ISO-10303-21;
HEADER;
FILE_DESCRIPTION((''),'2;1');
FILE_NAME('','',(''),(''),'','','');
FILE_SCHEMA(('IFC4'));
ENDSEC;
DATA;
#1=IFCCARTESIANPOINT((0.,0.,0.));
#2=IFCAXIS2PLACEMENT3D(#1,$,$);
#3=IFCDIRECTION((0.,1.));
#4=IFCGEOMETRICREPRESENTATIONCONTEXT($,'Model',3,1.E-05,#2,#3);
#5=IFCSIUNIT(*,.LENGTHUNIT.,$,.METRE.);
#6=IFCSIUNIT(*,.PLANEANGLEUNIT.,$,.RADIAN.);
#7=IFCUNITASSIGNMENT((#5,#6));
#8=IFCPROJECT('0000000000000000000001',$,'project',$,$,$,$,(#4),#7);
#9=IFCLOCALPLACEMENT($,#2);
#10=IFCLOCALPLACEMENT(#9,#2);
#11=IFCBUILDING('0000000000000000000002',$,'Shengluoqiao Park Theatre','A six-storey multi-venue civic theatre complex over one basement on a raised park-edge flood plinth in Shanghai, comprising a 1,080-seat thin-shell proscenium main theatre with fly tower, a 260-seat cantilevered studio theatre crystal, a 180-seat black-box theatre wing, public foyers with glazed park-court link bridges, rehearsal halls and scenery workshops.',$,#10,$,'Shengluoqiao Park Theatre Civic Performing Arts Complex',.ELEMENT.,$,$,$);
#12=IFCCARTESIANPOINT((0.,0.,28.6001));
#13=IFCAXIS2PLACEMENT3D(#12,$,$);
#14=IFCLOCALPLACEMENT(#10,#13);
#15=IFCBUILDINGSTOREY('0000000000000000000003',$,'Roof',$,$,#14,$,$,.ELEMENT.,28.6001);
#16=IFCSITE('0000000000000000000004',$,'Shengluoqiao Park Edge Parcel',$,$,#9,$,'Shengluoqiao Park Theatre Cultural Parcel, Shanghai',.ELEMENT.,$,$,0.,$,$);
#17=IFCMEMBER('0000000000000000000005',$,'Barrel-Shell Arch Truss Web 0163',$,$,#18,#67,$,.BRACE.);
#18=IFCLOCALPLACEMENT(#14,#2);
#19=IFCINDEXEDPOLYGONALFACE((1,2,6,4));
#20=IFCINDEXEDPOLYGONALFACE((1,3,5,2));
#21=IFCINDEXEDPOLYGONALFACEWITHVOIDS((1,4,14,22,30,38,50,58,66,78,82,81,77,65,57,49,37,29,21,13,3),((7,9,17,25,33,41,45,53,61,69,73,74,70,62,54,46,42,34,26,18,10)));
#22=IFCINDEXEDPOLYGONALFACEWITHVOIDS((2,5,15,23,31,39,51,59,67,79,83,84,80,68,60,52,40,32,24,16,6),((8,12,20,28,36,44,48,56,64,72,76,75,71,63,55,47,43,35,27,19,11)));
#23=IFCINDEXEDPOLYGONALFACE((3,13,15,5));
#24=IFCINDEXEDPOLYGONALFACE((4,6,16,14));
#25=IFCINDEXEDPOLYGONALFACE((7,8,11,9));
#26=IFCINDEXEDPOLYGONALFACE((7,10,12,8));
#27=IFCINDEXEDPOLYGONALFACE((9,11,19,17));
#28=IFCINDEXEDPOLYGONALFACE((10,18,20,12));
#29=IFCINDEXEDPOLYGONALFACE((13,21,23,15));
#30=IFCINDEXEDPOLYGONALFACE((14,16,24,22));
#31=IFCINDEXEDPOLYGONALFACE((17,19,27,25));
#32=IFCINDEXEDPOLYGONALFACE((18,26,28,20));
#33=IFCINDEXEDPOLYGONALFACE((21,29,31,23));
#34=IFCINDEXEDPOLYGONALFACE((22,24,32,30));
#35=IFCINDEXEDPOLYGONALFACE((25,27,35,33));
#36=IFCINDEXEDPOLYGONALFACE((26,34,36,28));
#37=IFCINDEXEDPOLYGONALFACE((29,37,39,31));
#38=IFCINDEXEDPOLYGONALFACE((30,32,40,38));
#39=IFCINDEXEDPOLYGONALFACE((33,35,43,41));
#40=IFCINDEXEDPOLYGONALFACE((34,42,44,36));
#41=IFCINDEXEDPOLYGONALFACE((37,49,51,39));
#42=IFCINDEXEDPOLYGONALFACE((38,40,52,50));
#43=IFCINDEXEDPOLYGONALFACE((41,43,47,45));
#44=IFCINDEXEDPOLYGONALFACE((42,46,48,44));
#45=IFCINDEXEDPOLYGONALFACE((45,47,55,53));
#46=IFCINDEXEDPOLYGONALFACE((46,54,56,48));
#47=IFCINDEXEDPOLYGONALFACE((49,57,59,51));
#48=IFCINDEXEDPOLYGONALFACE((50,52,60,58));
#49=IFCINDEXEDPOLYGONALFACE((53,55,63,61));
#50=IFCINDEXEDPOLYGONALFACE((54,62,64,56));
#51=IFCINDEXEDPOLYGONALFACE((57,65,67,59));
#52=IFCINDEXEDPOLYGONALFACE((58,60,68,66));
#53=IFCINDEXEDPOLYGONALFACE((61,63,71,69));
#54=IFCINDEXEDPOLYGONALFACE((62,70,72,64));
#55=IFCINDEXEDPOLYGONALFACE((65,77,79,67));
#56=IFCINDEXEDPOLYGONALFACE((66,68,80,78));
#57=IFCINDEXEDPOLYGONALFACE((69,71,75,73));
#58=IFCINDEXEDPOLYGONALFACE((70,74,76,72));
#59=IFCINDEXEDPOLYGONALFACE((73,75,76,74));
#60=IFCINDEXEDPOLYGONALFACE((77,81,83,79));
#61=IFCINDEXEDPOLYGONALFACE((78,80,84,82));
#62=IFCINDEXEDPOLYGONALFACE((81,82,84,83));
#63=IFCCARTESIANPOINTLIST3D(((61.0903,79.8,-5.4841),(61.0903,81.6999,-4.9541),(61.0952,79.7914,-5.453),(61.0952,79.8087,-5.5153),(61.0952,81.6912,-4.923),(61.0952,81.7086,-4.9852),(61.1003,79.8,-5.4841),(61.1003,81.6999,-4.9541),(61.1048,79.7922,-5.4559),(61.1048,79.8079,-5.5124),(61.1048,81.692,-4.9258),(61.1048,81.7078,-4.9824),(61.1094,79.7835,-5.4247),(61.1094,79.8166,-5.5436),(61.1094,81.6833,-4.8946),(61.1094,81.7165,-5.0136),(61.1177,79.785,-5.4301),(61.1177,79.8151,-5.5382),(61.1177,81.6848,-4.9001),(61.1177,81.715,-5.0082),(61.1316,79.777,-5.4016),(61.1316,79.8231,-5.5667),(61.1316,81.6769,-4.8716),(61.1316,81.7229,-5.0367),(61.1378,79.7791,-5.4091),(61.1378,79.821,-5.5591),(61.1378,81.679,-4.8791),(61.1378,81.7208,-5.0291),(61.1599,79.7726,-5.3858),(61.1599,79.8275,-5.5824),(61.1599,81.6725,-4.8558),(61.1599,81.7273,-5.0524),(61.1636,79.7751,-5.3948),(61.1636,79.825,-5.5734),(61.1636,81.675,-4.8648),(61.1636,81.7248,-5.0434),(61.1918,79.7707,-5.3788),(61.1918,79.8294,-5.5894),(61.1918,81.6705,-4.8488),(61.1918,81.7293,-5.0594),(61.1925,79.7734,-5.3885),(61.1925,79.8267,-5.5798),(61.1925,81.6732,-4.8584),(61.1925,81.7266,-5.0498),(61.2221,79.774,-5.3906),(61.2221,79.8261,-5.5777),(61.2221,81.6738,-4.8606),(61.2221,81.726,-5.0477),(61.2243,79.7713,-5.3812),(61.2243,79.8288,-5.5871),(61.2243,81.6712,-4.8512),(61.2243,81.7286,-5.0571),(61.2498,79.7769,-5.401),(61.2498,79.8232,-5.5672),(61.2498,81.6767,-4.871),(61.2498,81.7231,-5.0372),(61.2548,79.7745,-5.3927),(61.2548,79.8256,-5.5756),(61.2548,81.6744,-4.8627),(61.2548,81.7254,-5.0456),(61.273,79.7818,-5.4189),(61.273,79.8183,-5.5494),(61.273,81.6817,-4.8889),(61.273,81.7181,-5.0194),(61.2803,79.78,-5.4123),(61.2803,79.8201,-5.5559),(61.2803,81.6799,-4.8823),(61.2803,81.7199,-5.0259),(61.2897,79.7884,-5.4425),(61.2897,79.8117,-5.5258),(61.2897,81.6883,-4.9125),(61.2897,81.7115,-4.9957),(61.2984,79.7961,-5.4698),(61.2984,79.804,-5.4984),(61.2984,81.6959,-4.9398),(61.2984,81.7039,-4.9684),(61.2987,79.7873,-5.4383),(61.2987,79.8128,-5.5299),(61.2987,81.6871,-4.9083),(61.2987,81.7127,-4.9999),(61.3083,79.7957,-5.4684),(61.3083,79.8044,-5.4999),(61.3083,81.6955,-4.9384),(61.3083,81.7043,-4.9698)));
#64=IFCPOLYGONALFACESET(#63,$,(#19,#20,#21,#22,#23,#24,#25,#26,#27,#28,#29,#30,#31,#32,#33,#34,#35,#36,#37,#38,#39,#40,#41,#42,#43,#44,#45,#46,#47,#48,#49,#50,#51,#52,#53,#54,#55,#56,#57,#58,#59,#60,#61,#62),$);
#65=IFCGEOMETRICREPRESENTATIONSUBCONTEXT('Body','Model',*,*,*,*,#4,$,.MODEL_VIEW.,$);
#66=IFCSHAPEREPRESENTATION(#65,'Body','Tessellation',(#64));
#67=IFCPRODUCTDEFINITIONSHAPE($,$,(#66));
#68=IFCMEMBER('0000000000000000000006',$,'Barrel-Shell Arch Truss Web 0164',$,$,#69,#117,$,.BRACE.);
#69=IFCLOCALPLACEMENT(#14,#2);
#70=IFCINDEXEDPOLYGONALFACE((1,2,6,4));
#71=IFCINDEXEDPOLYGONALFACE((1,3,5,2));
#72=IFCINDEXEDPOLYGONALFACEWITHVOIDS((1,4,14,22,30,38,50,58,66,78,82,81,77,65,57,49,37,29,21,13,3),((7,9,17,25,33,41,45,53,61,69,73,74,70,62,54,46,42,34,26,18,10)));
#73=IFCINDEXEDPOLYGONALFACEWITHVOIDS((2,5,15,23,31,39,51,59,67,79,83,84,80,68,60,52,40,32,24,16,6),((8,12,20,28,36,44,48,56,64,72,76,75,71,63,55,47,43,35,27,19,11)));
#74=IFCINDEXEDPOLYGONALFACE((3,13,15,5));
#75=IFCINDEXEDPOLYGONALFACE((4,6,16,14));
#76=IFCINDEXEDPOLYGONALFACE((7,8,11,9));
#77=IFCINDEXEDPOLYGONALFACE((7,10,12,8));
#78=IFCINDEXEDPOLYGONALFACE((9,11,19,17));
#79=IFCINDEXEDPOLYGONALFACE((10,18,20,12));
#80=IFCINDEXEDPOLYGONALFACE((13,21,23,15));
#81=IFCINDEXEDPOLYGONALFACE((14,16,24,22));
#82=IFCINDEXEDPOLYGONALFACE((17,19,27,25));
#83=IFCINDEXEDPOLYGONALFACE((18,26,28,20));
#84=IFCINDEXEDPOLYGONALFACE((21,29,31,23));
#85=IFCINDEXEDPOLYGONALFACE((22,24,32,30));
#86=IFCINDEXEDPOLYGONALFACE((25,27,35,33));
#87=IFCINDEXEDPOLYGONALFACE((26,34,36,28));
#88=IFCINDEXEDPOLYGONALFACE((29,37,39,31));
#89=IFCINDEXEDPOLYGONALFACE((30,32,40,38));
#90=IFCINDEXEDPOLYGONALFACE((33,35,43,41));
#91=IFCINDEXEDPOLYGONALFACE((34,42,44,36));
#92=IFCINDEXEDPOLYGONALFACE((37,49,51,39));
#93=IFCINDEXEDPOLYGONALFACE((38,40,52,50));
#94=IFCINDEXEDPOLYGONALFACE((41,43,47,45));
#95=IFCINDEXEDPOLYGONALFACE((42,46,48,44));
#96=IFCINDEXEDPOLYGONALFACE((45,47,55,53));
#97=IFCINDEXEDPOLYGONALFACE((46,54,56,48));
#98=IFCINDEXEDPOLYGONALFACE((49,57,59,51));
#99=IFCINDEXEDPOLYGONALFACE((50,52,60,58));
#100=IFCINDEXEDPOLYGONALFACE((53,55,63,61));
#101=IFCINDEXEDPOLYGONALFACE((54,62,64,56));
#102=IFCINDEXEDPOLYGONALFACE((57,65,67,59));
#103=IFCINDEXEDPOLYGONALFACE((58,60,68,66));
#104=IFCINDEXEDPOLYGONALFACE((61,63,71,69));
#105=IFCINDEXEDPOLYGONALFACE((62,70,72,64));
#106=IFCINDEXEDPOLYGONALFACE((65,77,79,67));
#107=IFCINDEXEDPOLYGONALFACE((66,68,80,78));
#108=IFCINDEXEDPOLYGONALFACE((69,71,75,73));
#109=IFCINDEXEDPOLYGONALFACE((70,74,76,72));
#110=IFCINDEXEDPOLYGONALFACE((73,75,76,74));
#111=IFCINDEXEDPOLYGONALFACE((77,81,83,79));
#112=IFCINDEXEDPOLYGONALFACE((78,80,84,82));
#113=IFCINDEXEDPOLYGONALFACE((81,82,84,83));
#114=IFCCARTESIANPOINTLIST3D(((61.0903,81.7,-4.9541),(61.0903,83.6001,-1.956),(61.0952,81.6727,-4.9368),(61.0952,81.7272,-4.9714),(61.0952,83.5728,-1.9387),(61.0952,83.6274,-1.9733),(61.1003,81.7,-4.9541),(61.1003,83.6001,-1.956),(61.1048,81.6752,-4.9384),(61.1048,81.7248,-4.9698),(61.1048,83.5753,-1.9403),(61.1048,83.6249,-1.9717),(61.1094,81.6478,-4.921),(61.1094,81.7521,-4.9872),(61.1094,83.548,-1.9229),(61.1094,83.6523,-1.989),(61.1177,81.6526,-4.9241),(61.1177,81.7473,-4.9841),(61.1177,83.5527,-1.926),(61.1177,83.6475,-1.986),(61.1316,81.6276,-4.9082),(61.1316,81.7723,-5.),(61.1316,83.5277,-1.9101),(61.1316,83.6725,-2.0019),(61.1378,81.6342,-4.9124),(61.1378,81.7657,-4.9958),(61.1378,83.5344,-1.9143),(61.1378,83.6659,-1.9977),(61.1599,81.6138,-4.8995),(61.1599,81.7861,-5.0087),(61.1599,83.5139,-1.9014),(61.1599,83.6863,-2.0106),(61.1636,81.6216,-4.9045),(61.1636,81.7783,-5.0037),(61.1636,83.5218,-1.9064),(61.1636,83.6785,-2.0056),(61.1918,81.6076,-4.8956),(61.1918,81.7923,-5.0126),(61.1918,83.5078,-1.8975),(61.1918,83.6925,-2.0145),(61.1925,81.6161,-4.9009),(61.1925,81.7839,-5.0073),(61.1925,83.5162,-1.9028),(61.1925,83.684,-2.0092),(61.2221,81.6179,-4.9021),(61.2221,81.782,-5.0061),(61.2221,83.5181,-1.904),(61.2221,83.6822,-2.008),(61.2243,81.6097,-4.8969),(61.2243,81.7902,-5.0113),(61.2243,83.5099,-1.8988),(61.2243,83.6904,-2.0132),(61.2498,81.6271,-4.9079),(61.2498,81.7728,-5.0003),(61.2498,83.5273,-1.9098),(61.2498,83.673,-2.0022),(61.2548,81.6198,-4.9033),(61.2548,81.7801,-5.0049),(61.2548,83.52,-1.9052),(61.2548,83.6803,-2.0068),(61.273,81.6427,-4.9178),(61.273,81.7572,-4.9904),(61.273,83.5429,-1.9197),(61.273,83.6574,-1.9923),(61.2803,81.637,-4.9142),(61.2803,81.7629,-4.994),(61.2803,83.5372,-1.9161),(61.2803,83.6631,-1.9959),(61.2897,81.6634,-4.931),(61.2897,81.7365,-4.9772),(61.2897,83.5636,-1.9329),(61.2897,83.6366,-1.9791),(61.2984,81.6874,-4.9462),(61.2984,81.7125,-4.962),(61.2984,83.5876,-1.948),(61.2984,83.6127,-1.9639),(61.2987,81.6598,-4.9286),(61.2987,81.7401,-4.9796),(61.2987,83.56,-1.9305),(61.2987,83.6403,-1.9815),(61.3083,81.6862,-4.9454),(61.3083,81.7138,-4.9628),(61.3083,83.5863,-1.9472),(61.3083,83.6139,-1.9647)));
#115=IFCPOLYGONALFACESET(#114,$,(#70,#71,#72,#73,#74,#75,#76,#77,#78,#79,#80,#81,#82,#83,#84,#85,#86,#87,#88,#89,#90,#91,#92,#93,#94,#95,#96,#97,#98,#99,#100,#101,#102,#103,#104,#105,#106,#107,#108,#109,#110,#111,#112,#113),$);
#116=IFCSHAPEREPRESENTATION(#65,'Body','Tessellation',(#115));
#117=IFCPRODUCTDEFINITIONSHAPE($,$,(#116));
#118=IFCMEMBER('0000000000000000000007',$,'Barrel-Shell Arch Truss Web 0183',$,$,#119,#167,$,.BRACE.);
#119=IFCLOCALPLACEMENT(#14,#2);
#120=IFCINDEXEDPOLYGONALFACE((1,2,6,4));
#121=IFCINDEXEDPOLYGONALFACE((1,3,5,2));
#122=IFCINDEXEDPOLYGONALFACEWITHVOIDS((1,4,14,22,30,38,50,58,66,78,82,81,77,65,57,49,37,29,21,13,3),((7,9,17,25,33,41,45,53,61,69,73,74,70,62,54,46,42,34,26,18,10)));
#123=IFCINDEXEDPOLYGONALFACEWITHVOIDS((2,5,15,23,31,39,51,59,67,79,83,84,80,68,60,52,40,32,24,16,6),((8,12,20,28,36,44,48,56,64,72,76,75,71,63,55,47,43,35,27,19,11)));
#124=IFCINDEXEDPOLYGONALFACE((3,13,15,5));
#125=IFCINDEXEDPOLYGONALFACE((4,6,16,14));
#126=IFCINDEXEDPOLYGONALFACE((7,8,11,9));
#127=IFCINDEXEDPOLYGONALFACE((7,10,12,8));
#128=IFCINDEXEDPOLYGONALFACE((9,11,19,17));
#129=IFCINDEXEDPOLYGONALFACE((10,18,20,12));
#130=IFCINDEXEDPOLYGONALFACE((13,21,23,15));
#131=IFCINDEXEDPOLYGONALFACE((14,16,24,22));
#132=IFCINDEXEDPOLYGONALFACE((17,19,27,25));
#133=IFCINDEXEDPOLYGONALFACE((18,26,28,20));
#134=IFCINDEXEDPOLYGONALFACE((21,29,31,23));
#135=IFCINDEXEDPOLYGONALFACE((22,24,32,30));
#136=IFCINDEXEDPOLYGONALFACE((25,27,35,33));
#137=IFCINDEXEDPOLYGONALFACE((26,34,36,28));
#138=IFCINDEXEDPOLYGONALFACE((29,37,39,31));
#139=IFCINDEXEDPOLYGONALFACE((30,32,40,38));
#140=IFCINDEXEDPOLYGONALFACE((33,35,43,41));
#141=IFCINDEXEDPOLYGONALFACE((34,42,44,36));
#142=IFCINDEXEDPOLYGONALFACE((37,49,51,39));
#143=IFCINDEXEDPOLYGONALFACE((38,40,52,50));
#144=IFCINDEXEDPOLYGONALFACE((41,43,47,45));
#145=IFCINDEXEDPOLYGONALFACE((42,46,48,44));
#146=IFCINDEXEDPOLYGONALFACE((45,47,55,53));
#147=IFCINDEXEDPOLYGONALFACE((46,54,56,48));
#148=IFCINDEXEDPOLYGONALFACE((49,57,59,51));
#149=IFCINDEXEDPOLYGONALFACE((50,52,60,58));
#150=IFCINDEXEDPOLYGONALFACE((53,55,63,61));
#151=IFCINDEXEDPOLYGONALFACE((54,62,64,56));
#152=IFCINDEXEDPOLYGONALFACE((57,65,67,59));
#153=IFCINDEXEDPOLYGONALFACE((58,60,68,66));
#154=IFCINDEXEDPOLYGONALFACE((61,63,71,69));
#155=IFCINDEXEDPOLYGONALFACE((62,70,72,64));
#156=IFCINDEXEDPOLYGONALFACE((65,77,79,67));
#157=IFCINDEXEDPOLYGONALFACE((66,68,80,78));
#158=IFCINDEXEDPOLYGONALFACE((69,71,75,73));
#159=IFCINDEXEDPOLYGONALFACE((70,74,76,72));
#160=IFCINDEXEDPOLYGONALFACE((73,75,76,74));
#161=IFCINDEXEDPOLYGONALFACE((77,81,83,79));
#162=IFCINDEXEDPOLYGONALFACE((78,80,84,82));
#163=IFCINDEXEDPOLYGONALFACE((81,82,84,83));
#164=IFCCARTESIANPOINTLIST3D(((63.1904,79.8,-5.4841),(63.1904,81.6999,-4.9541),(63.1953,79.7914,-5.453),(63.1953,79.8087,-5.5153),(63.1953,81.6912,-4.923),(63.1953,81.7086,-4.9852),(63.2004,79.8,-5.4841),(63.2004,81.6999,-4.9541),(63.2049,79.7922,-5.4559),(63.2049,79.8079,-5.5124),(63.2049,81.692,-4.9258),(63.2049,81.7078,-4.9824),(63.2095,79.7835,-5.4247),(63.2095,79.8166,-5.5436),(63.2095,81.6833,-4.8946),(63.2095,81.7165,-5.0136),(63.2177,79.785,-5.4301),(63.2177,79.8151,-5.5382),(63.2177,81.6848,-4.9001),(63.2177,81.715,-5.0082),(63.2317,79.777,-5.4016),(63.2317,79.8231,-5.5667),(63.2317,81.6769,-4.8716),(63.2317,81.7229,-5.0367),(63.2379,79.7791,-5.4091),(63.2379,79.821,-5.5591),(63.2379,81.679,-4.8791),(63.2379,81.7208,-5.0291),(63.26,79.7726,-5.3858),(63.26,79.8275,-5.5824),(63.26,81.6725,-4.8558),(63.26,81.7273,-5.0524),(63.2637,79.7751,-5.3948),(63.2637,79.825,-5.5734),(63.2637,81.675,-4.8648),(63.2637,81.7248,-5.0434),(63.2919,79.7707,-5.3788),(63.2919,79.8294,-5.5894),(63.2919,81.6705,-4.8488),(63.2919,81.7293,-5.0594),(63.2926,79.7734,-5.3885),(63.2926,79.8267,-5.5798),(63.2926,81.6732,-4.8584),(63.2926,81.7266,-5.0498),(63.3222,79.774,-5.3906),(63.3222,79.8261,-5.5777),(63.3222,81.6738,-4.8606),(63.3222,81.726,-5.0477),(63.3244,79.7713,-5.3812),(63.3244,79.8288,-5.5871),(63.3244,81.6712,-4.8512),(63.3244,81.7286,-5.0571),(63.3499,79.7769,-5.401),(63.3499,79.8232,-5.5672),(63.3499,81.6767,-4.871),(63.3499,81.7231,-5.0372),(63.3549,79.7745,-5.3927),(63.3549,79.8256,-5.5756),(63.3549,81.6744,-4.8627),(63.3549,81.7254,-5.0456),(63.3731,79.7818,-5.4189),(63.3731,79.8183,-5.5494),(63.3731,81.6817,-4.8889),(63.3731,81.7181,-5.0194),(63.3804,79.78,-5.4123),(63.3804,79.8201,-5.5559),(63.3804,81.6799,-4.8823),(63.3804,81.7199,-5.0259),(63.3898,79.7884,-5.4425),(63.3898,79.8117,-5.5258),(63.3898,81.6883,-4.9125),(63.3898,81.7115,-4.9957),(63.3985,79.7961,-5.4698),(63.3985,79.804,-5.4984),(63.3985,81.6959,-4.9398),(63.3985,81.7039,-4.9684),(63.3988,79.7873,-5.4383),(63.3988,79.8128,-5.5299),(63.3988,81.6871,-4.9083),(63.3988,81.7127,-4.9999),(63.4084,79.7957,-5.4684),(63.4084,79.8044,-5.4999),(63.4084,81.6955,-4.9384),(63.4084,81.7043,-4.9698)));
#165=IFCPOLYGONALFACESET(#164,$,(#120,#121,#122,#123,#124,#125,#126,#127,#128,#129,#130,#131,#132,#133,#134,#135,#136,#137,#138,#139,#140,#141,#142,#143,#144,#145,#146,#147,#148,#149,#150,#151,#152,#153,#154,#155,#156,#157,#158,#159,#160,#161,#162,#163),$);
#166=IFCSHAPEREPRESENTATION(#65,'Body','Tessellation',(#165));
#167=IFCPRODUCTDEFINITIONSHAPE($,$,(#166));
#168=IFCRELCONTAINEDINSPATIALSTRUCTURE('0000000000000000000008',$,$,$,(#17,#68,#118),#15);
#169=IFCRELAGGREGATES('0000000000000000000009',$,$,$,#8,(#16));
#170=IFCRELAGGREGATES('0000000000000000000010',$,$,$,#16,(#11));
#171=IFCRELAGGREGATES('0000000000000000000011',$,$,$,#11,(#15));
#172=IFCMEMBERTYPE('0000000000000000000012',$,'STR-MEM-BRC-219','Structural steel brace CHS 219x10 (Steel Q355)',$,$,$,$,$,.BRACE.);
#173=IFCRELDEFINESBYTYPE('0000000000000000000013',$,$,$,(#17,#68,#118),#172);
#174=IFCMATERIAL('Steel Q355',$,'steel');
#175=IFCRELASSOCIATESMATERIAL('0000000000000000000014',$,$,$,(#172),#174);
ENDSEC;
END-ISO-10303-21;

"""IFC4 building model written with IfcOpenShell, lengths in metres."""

from ifc_helpers import new_model, si_unit, direction, frame, origin, origin_2d, place, context, subcontext, project, spatial, hollow_circle, extrude, material, material_profile, profile_set, type_object, element, save


model = new_model("IFC4")

# Units and contexts
model_context = context("Model", 3, precision=1e-05, world=origin(), true_north=direction((0.0, 1.0)))
body_context = subcontext(model_context, "Body", "Model", "MODEL_VIEW")
ifc_project = project(units=[si_unit("LENGTHUNIT", "METRE"), si_unit("PLANEANGLEUNIT", "RADIAN")], contexts=[model_context])

# Site, building, storey
site_placement = place(None, origin())
site = spatial("IfcSite", under=ifc_project, at=site_placement, Name="Shengluoqiao Park Edge Parcel", LongName="Shengluoqiao Park Theatre Cultural Parcel, Shanghai", CompositionType="ELEMENT", RefElevation=0.0)
building_placement = place(site_placement, origin())
building = spatial("IfcBuilding", under=site, at=building_placement, Name="Shengluoqiao Park Theatre", Description="A six-storey multi-venue civic theatre complex over one basement on a raised park-edge flood plinth in Shanghai, comprising a 1,080-seat thin-shell proscenium main theatre with fly tower, a 260-seat cantilevered studio theatre crystal, a 180-seat black-box theatre wing, public foyers with glazed park-court link bridges, rehearsal halls and scenery workshops.", LongName="Shengluoqiao Park Theatre Civic Performing Arts Complex", CompositionType="ELEMENT")
storey_placement = place(building_placement, frame((0.0, 0.0, 28.6001)))
storey = spatial("IfcBuildingStorey", under=building, at=storey_placement, Name="Roof", CompositionType="ELEMENT", Elevation=28.6001)

# Shared definitions
ifc_material_1 = material(Name="Steel Q355", Category="steel")

# Members
ifc_material_profile_1 = material_profile(ifc_material_1, hollow_circle(Radius=0.1096, WallThickness=0.01, at=origin_2d()), Name="CHS 219x10")
ifc_profile_set_1 = profile_set([ifc_material_profile_1], Name="Steel Q355")
member_type_1 = type_object("IfcMemberType", Name="STR-MEM-BRC-219", Description="Structural steel brace CHS 219x10 (Steel Q355)", PredefinedType="BRACE", material=ifc_profile_set_1)
member_1_placement = place(storey_placement, frame((61.2, 79.8, -5.4841), z_axis=(0.0, 0.963219, 0.268716), x_axis=(-1.0, 0.0, 0.0)))
element("IfcMember", 1, at=member_1_placement, inside=storey, type_object=member_type_1, Name="Barrel-Shell Arch Truss Web 0163", PredefinedType="BRACE", context=body_context, shape_type="SweptSolid", body=[
    extrude(hollow_circle(Radius=0.1096, WallThickness=0.01, at=origin_2d()), origin(), (0.0, 0.0, 1.0), 1.9724),
])
member_2_placement = place(storey_placement, frame((61.2, 81.7, -4.9541), z_axis=(0.0, 0.53533, 0.844643), x_axis=(-1.0, 0.0, 0.0)))
element("IfcMember", 2, at=member_2_placement, inside=storey, type_object=member_type_1, Name="Barrel-Shell Arch Truss Web 0164", PredefinedType="BRACE", context=body_context, shape_type="SweptSolid", body=[
    extrude(hollow_circle(Radius=0.1096, WallThickness=0.01, at=origin_2d()), origin(), (0.0, 0.0, 1.0), 3.5496),
])
member_3_placement = place(storey_placement, frame((63.3, 79.8, -5.4841), z_axis=(0.0, 0.963219, 0.268716), x_axis=(-1.0, 0.0, 0.0)))
element("IfcMember", 3, at=member_3_placement, inside=storey, type_object=member_type_1, Name="Barrel-Shell Arch Truss Web 0183", PredefinedType="BRACE", context=body_context, shape_type="SweptSolid", body=[
    extrude(hollow_circle(Radius=0.1096, WallThickness=0.01, at=origin_2d()), origin(), (0.0, 0.0, 1.0), 1.9724),
])

save(model, "model.ifc")
